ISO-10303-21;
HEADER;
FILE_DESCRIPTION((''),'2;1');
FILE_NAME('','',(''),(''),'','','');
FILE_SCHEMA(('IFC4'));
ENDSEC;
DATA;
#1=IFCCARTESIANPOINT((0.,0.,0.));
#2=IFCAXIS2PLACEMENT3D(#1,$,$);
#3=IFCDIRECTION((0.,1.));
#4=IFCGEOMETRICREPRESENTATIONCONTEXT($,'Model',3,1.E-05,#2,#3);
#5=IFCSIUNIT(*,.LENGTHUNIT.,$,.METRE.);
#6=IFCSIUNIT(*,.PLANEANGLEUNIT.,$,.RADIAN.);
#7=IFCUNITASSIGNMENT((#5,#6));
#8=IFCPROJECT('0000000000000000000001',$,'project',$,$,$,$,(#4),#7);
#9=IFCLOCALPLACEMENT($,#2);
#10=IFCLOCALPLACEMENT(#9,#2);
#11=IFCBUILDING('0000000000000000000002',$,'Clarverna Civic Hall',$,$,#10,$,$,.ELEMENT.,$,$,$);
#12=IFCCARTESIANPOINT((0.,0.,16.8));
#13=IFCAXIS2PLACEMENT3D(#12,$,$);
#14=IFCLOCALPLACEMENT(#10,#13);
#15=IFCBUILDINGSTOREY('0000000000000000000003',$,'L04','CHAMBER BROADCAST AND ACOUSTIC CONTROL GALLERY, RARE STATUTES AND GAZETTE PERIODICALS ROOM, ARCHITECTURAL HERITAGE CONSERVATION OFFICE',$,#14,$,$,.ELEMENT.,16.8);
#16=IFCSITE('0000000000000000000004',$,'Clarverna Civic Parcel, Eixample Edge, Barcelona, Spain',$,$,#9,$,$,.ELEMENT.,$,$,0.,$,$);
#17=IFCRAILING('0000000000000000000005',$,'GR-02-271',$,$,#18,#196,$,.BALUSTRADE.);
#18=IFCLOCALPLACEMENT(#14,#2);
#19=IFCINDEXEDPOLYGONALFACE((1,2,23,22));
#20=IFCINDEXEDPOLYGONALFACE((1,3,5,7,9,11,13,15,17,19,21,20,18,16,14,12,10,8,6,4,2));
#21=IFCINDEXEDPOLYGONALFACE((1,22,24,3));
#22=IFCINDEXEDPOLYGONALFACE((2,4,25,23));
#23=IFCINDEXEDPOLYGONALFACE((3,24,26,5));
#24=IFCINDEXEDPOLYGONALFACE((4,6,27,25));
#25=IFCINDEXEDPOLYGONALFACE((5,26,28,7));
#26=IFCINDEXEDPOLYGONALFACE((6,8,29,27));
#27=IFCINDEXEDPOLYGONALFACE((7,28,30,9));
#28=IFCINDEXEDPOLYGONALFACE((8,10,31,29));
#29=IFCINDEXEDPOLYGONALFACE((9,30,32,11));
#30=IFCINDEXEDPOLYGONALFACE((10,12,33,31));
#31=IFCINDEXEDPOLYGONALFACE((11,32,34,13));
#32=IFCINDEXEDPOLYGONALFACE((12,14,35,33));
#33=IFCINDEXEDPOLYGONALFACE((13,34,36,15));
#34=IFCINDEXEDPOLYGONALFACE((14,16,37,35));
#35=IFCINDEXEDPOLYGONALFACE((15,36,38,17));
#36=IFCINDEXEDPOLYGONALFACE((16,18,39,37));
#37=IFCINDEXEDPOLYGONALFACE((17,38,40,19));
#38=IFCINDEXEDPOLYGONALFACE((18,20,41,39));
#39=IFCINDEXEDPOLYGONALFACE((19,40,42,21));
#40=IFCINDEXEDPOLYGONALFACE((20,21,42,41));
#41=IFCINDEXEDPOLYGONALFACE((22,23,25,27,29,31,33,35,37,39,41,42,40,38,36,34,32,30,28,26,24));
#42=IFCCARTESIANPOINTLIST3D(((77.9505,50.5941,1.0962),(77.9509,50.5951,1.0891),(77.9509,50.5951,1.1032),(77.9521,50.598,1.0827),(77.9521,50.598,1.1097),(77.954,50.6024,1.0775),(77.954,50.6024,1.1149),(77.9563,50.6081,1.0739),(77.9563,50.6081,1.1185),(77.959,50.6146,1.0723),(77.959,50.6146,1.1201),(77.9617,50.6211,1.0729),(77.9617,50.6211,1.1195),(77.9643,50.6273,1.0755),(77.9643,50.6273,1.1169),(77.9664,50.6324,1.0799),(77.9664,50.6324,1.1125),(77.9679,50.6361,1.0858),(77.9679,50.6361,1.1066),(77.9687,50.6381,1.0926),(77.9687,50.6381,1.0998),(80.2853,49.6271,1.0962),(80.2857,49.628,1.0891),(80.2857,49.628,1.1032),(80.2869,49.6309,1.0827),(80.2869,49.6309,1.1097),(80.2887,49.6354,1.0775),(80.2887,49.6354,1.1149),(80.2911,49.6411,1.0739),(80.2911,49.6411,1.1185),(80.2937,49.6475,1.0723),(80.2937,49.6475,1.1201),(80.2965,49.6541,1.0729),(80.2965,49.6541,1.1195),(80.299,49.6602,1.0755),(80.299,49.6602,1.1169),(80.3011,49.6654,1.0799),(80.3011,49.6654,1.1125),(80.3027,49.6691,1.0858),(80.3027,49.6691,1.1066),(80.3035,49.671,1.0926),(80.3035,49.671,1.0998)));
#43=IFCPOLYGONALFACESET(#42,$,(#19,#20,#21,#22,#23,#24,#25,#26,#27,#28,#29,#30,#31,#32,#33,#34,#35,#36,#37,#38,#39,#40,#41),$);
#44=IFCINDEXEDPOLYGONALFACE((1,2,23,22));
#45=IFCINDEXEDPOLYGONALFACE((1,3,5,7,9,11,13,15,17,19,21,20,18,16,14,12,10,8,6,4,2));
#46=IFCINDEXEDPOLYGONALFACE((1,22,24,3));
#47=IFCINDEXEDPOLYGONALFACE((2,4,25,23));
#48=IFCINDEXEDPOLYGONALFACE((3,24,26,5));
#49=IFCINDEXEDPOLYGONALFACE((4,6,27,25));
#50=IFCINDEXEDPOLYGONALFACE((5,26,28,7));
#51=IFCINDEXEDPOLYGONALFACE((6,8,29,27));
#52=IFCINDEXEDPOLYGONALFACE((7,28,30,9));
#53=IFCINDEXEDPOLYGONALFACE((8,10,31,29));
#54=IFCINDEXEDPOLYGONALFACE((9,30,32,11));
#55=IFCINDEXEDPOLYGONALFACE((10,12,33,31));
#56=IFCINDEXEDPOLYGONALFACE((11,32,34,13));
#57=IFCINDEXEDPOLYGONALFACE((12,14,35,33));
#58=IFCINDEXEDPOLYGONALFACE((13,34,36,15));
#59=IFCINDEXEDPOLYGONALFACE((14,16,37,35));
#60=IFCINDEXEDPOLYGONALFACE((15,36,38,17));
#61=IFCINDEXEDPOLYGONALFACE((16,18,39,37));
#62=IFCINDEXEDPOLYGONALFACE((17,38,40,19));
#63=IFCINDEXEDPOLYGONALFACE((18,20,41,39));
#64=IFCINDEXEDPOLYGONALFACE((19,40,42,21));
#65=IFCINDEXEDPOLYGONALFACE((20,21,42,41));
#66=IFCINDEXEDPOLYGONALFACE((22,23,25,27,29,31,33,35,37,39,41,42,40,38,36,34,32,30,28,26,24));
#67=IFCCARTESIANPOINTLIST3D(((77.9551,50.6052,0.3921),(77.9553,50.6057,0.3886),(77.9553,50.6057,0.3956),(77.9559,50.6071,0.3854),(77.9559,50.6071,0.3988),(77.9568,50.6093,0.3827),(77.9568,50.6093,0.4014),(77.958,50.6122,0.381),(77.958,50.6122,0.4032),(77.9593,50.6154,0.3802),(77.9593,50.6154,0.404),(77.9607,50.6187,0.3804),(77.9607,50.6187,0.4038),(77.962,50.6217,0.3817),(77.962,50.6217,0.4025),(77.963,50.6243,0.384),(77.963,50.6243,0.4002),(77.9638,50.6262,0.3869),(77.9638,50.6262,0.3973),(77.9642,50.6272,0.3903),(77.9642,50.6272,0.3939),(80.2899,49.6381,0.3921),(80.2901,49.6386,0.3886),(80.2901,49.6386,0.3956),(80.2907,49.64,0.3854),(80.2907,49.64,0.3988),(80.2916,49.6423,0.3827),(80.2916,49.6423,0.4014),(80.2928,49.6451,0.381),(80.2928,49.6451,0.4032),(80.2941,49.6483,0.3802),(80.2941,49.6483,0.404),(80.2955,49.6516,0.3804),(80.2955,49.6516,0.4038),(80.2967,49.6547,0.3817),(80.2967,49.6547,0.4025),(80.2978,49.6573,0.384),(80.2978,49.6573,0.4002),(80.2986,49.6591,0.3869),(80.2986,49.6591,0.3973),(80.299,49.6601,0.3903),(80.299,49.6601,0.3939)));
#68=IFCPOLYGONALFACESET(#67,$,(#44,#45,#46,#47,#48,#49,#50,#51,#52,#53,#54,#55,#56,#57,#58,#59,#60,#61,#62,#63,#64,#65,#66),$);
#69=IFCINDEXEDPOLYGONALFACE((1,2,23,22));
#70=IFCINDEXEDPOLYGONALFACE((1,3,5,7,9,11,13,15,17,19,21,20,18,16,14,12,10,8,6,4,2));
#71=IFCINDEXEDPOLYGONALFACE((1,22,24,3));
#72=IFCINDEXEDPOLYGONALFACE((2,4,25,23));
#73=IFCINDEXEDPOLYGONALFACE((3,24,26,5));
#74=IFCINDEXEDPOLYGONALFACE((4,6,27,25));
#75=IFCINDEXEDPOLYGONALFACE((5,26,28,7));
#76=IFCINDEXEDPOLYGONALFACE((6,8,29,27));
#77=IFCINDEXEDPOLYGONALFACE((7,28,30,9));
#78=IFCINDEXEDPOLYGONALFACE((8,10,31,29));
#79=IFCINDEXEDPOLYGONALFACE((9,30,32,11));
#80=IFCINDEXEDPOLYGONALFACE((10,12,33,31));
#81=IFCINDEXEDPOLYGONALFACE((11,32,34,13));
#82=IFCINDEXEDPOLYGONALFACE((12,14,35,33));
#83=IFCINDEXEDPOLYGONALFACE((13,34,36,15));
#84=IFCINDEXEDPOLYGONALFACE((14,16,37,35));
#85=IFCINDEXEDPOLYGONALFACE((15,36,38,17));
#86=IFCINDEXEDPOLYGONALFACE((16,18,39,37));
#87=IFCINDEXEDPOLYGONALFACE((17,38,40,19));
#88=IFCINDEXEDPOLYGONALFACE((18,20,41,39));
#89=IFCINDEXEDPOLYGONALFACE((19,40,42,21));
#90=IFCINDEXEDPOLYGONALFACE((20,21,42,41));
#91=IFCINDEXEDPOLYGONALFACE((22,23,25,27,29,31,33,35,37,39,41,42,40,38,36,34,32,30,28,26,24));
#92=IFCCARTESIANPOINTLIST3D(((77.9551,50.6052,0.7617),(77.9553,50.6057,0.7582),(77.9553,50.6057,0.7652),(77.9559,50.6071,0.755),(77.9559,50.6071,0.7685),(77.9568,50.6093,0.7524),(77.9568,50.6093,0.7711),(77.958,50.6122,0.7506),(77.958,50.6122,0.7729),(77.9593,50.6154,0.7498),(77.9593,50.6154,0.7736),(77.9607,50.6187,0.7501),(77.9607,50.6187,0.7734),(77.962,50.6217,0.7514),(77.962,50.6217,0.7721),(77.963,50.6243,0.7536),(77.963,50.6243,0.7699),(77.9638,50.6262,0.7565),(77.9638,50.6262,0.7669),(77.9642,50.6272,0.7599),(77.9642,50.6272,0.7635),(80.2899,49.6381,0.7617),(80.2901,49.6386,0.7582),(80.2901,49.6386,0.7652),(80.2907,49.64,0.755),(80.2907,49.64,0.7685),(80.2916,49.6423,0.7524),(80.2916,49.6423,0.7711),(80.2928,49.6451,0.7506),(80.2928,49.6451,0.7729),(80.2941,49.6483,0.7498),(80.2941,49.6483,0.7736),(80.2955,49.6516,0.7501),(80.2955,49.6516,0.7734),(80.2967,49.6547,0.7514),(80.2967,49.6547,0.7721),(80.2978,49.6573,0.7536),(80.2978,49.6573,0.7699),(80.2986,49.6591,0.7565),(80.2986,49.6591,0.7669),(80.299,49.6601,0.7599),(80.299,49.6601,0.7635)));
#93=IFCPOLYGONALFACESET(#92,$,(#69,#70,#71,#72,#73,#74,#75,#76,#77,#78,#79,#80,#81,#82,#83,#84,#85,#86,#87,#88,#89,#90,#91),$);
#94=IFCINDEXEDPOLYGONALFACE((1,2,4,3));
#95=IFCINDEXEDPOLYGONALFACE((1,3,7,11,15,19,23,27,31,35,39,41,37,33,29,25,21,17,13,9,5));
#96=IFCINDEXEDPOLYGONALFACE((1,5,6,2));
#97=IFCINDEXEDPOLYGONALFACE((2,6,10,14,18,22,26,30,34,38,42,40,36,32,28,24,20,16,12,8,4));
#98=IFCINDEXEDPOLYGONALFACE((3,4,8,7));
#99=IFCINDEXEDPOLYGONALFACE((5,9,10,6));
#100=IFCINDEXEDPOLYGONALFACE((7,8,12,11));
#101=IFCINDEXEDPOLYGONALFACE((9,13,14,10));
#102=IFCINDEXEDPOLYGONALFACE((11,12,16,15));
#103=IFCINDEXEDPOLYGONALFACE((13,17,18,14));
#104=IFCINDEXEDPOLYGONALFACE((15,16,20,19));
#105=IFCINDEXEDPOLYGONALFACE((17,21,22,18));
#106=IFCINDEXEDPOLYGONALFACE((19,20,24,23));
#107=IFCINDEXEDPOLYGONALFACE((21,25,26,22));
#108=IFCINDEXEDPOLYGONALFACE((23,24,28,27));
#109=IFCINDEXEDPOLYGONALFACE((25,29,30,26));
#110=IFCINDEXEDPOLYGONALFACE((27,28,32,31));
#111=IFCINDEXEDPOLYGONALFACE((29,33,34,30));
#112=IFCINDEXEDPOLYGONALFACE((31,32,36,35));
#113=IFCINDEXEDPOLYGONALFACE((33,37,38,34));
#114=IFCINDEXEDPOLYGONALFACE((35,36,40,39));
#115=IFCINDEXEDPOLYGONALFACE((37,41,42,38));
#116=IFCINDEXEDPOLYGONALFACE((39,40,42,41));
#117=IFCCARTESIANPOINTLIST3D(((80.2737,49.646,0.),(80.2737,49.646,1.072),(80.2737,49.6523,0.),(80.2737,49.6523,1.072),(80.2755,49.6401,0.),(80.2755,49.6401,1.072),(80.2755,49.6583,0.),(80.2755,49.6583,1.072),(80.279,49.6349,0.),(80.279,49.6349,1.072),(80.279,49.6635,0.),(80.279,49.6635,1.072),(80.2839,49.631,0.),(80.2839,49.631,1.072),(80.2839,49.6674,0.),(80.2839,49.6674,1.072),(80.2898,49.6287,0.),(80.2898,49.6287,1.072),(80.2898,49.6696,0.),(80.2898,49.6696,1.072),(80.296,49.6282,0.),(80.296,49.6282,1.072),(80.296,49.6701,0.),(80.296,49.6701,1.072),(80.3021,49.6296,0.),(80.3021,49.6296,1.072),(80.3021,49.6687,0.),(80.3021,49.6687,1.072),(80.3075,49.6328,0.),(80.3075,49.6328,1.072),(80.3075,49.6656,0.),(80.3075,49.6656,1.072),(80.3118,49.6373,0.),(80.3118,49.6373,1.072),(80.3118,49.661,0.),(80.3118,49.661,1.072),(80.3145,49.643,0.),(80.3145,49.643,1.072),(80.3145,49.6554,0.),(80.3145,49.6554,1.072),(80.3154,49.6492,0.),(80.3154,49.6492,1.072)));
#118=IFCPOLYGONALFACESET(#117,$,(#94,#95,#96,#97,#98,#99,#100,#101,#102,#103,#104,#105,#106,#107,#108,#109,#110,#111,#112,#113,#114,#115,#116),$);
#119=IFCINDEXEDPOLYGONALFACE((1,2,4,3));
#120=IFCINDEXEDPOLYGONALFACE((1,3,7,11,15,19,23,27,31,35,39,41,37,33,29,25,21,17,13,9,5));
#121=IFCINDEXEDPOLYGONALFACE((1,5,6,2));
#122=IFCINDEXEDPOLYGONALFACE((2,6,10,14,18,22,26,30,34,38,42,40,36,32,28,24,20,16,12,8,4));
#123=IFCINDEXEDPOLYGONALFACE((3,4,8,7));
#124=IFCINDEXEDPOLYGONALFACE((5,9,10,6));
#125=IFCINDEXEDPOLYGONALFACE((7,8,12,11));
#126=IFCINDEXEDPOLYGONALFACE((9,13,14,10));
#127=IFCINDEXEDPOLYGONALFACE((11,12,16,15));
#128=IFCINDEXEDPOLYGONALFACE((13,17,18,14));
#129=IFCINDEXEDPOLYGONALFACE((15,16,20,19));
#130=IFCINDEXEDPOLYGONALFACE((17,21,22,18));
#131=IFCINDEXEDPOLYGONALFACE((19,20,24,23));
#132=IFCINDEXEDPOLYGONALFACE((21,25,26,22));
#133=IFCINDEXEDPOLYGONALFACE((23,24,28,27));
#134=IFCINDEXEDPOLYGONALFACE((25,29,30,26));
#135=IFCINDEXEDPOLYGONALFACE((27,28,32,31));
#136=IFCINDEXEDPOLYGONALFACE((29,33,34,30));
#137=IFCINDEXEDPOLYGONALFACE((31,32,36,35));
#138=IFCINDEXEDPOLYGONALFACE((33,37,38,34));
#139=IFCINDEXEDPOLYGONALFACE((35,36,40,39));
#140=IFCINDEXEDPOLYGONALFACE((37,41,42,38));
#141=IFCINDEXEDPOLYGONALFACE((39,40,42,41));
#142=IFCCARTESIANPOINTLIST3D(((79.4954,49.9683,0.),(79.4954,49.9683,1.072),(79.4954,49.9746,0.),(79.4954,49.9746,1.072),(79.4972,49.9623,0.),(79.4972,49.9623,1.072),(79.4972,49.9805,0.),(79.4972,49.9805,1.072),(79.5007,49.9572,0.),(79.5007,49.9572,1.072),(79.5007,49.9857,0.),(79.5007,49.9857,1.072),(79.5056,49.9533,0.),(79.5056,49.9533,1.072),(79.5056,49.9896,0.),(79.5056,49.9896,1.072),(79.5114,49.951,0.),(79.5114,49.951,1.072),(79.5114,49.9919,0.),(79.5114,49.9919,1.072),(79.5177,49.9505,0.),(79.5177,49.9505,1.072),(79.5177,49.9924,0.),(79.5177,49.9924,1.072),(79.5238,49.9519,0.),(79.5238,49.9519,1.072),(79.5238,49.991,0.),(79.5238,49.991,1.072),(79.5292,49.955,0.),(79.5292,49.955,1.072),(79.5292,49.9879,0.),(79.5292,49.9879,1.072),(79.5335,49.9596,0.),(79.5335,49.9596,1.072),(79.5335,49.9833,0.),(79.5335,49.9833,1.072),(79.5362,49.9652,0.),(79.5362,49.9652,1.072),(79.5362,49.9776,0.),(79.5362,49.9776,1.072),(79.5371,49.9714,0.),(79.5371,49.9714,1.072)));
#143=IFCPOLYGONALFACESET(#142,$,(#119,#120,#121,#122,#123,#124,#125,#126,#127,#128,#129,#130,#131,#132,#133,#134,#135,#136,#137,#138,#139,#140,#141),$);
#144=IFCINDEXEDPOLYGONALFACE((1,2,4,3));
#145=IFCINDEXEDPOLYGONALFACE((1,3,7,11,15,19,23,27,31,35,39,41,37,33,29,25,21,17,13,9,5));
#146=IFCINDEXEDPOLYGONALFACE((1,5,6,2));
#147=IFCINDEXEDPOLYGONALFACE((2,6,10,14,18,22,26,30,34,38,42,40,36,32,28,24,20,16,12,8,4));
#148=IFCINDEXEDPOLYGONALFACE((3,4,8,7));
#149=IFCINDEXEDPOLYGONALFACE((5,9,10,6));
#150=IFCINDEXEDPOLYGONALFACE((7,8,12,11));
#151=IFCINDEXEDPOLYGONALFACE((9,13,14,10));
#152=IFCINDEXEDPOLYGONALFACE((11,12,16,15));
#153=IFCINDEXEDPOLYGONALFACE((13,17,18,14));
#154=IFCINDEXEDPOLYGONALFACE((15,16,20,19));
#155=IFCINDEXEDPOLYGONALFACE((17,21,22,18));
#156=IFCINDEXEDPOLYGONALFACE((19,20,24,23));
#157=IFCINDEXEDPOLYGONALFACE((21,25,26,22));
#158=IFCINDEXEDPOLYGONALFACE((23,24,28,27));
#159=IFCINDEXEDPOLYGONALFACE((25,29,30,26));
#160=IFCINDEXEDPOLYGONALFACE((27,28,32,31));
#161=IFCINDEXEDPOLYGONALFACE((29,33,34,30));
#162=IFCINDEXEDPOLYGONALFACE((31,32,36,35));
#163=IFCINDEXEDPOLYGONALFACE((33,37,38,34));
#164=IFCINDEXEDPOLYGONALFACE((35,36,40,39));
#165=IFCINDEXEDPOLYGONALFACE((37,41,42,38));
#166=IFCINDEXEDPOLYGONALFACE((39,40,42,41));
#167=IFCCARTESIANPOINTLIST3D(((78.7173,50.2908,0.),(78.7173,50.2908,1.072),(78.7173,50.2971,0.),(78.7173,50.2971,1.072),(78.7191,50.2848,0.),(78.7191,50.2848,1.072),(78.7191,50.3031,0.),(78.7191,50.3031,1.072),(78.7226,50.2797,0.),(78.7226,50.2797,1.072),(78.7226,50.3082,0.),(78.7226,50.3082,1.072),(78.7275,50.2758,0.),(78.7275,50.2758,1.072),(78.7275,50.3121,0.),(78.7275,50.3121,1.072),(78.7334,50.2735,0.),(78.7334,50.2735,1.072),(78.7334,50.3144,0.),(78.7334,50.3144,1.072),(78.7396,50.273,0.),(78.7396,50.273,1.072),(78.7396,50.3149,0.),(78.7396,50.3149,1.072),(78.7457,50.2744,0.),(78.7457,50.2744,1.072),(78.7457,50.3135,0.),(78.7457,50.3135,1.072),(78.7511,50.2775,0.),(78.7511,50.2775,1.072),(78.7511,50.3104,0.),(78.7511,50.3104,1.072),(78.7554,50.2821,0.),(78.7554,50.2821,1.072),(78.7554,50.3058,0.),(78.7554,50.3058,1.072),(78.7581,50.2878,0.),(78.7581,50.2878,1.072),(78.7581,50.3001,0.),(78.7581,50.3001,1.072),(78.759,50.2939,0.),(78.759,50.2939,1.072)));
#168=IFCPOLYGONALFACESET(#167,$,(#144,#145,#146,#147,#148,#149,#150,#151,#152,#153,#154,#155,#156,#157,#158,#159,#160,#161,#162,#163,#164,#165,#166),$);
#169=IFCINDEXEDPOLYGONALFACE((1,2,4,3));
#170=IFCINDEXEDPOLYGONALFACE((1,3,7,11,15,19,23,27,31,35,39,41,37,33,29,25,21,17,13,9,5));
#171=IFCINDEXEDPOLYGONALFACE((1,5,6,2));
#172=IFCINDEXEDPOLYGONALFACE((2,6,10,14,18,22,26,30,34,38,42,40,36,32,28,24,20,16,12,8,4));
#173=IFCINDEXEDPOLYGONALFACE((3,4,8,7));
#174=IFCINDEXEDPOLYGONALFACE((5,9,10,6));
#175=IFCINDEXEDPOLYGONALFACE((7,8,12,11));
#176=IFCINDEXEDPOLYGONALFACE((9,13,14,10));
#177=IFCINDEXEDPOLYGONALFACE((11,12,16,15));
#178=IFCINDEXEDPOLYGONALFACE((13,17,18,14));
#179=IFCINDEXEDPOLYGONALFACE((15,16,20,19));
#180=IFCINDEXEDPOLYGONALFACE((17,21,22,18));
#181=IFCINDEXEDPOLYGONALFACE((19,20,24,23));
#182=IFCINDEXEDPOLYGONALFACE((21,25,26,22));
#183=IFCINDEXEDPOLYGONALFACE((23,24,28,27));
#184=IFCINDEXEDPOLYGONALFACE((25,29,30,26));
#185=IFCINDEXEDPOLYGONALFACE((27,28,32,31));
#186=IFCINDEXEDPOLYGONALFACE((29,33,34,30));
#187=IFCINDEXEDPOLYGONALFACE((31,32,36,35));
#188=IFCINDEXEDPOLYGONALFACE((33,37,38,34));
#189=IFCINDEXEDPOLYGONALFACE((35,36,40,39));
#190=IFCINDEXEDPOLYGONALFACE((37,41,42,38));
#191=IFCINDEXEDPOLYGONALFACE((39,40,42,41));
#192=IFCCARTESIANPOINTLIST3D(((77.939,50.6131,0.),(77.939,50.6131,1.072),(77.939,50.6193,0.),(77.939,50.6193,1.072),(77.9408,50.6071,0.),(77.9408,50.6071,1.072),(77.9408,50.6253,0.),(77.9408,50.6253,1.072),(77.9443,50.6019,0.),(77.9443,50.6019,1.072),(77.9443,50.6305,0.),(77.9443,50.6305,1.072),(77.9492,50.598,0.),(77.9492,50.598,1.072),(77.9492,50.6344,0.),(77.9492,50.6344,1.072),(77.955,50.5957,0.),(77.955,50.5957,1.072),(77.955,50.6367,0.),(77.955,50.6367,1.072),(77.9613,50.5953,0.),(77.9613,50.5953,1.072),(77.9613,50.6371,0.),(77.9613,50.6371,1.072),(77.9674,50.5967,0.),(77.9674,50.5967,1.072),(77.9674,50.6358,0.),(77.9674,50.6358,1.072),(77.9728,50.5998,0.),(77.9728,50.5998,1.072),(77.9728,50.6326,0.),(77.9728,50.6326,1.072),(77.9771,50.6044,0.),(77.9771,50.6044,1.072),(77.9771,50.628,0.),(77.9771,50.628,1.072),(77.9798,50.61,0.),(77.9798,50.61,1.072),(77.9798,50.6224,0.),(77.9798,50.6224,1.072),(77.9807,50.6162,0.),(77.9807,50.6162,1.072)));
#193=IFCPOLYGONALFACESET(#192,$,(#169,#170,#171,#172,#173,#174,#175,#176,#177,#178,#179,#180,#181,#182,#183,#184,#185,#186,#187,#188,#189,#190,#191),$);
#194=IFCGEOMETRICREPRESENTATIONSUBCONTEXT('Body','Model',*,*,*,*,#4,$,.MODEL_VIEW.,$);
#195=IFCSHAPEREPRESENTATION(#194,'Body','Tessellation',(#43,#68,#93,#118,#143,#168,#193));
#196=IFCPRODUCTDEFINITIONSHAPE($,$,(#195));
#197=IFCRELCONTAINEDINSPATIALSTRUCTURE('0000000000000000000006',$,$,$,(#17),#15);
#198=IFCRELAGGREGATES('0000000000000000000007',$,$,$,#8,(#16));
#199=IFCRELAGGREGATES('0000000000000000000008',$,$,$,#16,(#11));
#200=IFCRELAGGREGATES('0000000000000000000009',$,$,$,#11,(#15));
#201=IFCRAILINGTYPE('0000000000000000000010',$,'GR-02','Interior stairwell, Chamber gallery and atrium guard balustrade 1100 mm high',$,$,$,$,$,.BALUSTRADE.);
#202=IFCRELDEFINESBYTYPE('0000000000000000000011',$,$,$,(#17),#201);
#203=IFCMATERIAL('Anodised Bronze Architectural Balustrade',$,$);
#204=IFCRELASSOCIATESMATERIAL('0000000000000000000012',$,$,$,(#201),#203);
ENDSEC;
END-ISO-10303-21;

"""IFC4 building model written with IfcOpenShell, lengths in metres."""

from ifc_helpers import new_model, si_unit, direction, frame, origin, origin_2d, place, context, subcontext, project, spatial, circle, extrude, material, type_object, element, save


model = new_model("IFC4")

# Units and contexts
model_context = context("Model", 3, precision=1e-05, world=origin(), true_north=direction((0.0, 1.0)))
body_context = subcontext(model_context, "Body", "Model", "MODEL_VIEW")
ifc_project = project(units=[si_unit("LENGTHUNIT", "METRE"), si_unit("PLANEANGLEUNIT", "RADIAN")], contexts=[model_context])

# Site, building, storey
site_placement = place(None, origin())
site = spatial("IfcSite", under=ifc_project, at=site_placement, Name="Clarverna Civic Parcel, Eixample Edge, Barcelona, Spain", CompositionType="ELEMENT", RefElevation=0.0)
building_placement = place(site_placement, origin())
building = spatial("IfcBuilding", under=site, at=building_placement, Name="Clarverna Civic Hall", CompositionType="ELEMENT")
storey_placement = place(building_placement, frame((0.0, 0.0, 16.8)))
storey = spatial("IfcBuildingStorey", under=building, at=storey_placement, Name="L04", Description="CHAMBER BROADCAST AND ACOUSTIC CONTROL GALLERY, RARE STATUTES AND GAZETTE PERIODICALS ROOM, ARCHITECTURAL HERITAGE CONSERVATION OFFICE", CompositionType="ELEMENT", Elevation=16.8)

# Railing
ifc_material_1 = material(Name="Anodised Bronze Architectural Balustrade")
railing_type = type_object("IfcRailingType", Name="GR-02", Description="Interior stairwell, Chamber gallery and atrium guard balustrade 1100 mm high", PredefinedType="BALUSTRADE", material=ifc_material_1)
railing_1_placement = place(storey_placement, frame((80.2944, 49.6492, 0.0)))
element("IfcRailing", 1, at=railing_1_placement, inside=storey, type_object=railing_type, Name="GR-02-271", PredefinedType="BALUSTRADE", context=body_context, shape_type="SweptSolid", body=[
    extrude(circle(Radius=0.0239, at=origin_2d()), frame((0.0, 0.0, 1.0962), z_axis=(-0.923884, 0.382673, 0.0), x_axis=(-0.382673, -0.923884, 0.0)), (0.0, 0.0, 1.0), 2.5271),
    extrude(circle(Radius=0.012, at=origin_2d()), frame((0.0, 0.0, 0.3921), z_axis=(-0.923884, 0.382673, 0.0), x_axis=(-0.382673, -0.923884, 0.0)), (0.0, 0.0, 1.0), 2.5271),
    extrude(circle(Radius=0.012, at=origin_2d()), frame((0.0, 0.0, 0.7617), z_axis=(-0.923884, 0.382673, 0.0), x_axis=(-0.382673, -0.923884, 0.0)), (0.0, 0.0, 1.0), 2.5271),
    extrude(circle(Radius=0.021, at=origin_2d()), origin(), (0.0, 0.0, 1.0), 1.072),
    extrude(circle(Radius=0.021, at=origin_2d()), frame((-0.7783, 0.3223, 0.0)), (0.0, 0.0, 1.0), 1.072),
    extrude(circle(Radius=0.021, at=origin_2d()), frame((-1.5564, 0.6448, 0.0)), (0.0, 0.0, 1.0), 1.072),
    extrude(circle(Radius=0.021, at=origin_2d()), frame((-2.3347, 0.967, 0.0)), (0.0, 0.0, 1.0), 1.072),
])

save(model, "model.ifc")
